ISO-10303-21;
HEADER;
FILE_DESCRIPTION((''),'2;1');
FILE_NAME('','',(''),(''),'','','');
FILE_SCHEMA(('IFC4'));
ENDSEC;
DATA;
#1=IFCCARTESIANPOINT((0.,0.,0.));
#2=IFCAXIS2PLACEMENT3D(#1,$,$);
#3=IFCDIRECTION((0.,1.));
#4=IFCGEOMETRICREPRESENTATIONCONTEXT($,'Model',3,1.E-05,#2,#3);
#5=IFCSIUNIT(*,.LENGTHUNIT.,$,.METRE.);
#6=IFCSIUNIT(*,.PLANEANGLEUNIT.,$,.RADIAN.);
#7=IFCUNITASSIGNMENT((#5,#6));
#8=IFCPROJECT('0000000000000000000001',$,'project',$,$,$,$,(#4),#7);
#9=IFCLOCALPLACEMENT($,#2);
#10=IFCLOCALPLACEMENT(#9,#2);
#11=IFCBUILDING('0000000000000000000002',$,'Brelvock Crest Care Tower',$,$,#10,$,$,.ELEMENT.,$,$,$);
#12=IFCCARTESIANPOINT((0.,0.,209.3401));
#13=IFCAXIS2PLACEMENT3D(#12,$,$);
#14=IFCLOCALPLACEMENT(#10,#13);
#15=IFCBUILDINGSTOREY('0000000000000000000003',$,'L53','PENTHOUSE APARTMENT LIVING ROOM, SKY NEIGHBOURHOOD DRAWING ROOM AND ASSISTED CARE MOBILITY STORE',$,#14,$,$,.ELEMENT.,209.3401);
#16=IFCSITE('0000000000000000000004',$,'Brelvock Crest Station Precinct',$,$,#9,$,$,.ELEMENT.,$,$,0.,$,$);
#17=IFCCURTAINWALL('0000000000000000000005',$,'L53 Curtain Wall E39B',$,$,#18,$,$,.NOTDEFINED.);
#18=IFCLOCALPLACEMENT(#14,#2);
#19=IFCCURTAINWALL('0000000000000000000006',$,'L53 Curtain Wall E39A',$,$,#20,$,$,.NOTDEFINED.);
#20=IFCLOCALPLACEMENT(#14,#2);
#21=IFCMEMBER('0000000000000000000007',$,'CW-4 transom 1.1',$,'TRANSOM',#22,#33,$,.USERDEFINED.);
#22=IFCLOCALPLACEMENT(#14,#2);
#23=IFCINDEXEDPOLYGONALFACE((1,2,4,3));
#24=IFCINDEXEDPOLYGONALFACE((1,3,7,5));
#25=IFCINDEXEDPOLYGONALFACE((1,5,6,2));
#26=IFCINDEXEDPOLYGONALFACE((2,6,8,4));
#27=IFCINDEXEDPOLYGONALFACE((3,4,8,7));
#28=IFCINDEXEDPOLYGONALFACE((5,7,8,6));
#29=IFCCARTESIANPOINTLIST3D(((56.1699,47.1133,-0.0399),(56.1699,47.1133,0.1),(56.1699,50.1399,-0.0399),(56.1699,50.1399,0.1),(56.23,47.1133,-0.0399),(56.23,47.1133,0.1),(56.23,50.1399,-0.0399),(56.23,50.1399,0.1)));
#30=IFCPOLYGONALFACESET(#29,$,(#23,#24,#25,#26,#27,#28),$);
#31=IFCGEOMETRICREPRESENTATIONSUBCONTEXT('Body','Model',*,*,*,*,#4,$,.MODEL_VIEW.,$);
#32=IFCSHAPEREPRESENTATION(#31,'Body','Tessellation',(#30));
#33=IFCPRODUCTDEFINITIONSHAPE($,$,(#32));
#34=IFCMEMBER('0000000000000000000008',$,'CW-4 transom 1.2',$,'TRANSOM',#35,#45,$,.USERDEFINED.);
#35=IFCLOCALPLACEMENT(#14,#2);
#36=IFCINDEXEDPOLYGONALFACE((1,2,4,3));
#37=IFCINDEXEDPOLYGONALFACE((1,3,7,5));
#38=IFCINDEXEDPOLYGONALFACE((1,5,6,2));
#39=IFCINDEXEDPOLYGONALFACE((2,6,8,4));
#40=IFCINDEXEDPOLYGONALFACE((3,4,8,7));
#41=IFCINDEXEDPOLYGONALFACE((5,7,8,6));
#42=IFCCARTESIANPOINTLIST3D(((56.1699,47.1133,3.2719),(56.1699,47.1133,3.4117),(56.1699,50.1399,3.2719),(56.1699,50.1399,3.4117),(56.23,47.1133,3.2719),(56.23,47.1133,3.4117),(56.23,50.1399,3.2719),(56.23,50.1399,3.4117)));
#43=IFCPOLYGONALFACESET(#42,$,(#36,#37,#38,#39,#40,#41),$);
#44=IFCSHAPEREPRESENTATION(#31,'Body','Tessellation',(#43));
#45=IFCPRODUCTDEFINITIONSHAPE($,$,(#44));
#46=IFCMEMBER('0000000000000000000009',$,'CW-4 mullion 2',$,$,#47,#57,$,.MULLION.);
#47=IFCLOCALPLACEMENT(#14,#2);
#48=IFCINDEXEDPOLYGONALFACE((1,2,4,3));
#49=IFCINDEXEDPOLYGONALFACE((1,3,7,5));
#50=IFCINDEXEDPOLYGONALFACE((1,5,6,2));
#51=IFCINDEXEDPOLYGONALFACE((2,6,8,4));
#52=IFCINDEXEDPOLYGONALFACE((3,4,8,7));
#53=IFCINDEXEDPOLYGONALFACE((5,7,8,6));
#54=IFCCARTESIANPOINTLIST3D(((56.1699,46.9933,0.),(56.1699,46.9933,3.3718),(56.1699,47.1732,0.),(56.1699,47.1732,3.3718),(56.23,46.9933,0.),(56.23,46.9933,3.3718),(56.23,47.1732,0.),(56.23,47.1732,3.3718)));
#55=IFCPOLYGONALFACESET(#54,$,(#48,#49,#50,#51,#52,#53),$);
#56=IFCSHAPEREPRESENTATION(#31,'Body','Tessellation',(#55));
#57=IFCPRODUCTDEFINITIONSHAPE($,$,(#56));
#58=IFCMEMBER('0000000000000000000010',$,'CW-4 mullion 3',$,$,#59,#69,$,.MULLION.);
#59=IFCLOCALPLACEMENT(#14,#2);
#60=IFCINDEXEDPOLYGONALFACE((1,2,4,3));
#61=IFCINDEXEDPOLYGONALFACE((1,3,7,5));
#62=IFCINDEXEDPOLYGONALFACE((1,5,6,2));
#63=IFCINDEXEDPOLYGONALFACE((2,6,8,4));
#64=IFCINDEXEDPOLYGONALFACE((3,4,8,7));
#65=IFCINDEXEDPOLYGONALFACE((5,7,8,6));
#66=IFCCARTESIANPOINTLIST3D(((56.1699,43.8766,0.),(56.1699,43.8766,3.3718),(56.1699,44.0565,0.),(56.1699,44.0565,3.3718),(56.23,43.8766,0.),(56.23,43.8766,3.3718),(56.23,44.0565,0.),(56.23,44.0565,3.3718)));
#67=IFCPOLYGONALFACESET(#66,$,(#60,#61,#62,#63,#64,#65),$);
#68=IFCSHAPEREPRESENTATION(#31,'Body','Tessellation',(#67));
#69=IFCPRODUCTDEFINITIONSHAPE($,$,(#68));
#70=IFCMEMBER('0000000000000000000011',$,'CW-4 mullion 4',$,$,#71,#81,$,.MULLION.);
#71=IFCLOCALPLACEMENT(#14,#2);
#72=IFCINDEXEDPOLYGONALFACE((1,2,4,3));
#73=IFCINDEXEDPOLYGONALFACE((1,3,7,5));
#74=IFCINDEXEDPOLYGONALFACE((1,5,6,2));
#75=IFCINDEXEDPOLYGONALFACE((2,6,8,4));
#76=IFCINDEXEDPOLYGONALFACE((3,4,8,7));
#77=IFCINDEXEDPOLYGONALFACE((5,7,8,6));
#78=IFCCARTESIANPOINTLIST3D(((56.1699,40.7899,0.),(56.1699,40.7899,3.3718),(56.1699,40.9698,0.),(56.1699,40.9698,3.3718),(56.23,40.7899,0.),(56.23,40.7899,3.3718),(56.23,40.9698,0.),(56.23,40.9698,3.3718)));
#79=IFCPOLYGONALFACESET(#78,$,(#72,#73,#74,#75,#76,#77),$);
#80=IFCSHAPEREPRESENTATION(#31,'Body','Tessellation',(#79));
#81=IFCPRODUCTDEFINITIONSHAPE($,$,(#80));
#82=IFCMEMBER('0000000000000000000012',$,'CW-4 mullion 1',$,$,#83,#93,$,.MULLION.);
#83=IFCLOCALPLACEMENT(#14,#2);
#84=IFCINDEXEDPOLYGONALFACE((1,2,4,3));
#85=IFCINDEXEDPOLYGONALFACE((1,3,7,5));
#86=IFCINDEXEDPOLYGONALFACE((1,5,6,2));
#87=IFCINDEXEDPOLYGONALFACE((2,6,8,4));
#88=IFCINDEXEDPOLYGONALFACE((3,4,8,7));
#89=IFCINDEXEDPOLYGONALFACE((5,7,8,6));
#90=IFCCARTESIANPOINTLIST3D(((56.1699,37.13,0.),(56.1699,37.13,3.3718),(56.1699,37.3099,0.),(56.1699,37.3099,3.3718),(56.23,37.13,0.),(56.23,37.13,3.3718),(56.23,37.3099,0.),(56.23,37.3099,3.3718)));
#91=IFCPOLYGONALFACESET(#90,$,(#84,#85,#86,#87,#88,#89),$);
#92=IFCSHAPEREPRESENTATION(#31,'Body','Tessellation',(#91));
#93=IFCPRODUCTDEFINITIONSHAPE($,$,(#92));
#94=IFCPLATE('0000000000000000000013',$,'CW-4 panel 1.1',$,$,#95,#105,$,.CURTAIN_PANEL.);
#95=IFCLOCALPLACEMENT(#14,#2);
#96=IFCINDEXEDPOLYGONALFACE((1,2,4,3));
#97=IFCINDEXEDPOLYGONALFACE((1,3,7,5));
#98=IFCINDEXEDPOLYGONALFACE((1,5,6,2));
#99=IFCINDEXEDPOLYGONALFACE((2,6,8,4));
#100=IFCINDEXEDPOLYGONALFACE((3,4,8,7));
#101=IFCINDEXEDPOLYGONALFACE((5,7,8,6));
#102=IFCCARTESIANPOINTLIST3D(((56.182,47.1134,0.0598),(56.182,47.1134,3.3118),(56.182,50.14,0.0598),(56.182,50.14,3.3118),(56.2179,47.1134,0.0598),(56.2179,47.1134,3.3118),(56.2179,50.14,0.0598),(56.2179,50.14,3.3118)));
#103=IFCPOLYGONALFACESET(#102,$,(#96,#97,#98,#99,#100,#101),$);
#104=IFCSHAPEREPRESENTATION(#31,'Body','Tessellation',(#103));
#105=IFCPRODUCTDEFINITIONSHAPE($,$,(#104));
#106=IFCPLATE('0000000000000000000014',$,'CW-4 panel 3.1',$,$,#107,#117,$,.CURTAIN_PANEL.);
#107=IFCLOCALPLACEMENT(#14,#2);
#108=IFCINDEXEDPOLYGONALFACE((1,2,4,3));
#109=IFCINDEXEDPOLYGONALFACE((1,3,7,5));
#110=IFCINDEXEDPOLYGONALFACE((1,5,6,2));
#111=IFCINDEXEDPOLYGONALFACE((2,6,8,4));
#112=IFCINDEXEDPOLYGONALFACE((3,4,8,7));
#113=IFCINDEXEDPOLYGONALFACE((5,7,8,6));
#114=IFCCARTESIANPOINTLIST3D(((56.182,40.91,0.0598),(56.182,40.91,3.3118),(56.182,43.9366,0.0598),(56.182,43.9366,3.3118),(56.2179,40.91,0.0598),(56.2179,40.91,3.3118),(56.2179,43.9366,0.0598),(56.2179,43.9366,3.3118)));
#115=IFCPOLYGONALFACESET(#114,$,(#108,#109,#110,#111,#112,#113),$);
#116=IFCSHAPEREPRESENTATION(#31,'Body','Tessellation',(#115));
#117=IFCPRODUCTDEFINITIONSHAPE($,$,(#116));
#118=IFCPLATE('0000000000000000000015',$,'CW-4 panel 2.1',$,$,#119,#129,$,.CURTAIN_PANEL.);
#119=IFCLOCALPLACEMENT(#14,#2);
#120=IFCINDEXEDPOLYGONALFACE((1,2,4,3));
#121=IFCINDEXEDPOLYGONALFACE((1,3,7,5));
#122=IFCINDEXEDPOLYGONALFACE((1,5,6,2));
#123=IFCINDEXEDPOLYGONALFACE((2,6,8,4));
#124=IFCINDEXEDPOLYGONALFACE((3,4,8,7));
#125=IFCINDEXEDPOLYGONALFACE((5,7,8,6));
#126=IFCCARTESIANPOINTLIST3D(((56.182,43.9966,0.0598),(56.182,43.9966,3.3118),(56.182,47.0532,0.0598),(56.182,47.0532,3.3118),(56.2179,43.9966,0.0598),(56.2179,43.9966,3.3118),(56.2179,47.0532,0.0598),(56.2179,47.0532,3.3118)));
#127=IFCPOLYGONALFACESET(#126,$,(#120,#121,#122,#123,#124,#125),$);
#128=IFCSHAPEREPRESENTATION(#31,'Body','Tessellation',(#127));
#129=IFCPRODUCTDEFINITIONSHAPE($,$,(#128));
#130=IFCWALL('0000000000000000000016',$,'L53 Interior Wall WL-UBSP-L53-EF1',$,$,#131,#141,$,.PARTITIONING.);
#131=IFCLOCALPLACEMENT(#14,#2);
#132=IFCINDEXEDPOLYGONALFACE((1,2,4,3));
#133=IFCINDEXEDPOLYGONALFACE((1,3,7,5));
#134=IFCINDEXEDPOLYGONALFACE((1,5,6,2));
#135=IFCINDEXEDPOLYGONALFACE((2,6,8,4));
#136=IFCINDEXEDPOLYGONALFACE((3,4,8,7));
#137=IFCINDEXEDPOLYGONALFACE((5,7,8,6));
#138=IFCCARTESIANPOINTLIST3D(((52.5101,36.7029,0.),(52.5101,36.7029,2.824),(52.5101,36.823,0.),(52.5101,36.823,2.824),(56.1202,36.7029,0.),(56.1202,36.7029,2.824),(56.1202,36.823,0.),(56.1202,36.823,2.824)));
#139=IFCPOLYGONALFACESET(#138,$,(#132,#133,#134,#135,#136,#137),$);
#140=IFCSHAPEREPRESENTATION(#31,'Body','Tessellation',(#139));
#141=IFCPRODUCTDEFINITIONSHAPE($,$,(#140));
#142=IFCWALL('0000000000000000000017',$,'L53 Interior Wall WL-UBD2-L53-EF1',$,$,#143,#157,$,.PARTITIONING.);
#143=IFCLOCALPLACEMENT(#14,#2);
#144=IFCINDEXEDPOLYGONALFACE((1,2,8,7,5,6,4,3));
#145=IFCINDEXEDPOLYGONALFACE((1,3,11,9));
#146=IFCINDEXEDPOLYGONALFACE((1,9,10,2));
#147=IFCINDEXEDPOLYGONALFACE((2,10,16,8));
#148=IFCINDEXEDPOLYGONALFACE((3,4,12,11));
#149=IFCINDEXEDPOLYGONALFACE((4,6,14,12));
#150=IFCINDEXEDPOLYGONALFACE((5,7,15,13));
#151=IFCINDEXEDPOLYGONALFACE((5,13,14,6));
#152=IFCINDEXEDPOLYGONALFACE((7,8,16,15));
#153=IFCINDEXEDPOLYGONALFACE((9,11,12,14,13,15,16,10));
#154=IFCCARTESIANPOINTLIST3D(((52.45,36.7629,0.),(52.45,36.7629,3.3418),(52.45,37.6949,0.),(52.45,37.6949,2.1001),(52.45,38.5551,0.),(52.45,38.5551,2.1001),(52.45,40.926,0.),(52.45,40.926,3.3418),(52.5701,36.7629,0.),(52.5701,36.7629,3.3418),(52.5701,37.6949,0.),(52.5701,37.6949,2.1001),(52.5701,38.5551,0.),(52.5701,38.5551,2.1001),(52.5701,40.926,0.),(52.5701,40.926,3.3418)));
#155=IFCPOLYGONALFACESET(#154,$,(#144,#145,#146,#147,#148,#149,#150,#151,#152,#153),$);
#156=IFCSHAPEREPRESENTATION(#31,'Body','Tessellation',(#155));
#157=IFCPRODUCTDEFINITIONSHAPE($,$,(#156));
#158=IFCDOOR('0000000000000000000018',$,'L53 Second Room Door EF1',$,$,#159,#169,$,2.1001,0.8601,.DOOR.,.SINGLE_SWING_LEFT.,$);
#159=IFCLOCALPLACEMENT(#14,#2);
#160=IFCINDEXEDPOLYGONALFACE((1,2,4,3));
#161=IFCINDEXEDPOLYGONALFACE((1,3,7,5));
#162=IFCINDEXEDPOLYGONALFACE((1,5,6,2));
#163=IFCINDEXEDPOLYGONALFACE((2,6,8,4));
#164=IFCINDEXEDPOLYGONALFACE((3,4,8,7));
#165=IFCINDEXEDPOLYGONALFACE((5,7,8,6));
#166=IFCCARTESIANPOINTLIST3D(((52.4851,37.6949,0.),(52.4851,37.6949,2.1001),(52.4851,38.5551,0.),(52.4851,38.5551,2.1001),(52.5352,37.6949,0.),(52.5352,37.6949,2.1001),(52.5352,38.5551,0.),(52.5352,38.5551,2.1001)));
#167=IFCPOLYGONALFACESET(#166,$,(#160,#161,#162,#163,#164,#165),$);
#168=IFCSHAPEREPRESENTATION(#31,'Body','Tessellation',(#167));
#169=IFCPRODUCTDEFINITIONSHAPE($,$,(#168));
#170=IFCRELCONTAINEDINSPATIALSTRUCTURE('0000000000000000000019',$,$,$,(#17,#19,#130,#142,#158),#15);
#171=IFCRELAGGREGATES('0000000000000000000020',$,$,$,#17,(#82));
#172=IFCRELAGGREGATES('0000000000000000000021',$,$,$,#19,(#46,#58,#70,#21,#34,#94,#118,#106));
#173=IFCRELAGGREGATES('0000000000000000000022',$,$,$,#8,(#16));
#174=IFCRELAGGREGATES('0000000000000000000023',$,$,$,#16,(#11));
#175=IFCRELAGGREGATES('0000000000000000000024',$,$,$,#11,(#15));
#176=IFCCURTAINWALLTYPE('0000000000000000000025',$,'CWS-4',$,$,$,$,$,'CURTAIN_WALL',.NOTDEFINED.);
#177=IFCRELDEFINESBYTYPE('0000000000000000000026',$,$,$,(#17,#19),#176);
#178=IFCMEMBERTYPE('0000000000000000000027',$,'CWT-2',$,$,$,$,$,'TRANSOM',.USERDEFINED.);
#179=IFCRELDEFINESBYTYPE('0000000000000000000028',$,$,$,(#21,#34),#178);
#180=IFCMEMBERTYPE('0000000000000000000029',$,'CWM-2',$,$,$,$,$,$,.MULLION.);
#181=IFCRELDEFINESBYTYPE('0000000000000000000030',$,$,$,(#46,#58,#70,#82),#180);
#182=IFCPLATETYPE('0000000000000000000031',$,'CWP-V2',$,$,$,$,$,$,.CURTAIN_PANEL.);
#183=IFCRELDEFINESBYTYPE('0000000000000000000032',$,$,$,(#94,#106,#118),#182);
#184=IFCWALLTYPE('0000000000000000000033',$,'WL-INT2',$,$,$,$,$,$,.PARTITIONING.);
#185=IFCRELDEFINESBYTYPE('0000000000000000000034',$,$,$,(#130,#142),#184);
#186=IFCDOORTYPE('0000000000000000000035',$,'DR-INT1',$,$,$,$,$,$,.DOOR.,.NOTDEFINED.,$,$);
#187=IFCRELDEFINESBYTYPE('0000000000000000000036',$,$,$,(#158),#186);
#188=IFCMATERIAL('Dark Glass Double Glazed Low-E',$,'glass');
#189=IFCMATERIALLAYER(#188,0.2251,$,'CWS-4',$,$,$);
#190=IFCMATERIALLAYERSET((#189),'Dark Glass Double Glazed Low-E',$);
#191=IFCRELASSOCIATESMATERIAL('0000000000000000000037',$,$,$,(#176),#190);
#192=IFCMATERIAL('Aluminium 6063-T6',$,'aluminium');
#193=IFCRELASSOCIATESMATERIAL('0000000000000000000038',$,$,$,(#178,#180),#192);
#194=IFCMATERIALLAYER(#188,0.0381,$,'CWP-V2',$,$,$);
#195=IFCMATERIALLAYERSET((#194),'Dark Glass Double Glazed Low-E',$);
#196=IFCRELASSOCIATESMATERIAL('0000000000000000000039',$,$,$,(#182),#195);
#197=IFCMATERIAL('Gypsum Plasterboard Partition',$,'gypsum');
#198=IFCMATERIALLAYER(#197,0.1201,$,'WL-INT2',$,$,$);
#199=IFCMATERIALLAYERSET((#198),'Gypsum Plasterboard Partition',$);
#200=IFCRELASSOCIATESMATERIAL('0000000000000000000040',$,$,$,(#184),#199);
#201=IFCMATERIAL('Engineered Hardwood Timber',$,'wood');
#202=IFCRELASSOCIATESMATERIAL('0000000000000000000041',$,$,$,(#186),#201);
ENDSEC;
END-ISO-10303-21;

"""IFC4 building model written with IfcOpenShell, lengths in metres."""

from ifc_helpers import new_model, si_unit, direction, frame, frame_2d, origin, origin_2d, place, context, subcontext, project, spatial, rectangle, extrude, source, transform, mapped, material, layer, layer_set, material_profile, profile_set, type_object, element, fill, aggregate, save


model = new_model("IFC4")

# Units and contexts
model_context = context("Model", 3, precision=1e-05, world=origin(), true_north=direction((0.0, 1.0)))
body_context = subcontext(model_context, "Body", "Model", "MODEL_VIEW")
ifc_project = project(units=[si_unit("LENGTHUNIT", "METRE"), si_unit("PLANEANGLEUNIT", "RADIAN")], contexts=[model_context])

# Site, building, storey
site_placement = place(None, origin())
site = spatial("IfcSite", under=ifc_project, at=site_placement, Name="Brelvock Crest Station Precinct", CompositionType="ELEMENT", RefElevation=0.0)
building_placement = place(site_placement, origin())
building = spatial("IfcBuilding", under=site, at=building_placement, Name="Brelvock Crest Care Tower", CompositionType="ELEMENT")
storey_placement = place(building_placement, frame((0.0, 0.0, 209.3401)))
storey = spatial("IfcBuildingStorey", under=building, at=storey_placement, Name="L53", Description="PENTHOUSE APARTMENT LIVING ROOM, SKY NEIGHBOURHOOD DRAWING ROOM AND ASSISTED CARE MOBILITY STORE", CompositionType="ELEMENT", Elevation=209.3401)

# Curtain walls, members
ifc_material_1 = material(Name="Dark Glass Double Glazed Low-E", Category="glass")
ifc_layer_1 = layer(ifc_material_1, 0.2251, Name="CWS-4")
ifc_layer_set_1 = layer_set([ifc_layer_1], Name="Dark Glass Double Glazed Low-E")
curtain_wall_type = type_object("IfcCurtainWallType", Name="CWS-4", ElementType="CURTAIN_WALL", PredefinedType="NOTDEFINED", material=ifc_layer_set_1)
curtain_wall_1_placement = place(storey_placement, origin())
curtain_wall_1 = element("IfcCurtainWall", 1, at=curtain_wall_1_placement, inside=storey, type_object=curtain_wall_type, Name="L53 Curtain Wall E39B", PredefinedType="NOTDEFINED")
ifc_material_2 = material(Name="Aluminium 6063-T6", Category="aluminium")
ifc_material_profile_1 = material_profile(ifc_material_2, rectangle(XDim=0.0601, YDim=0.1399, at=origin_2d()), Name="ALU60x140")
ifc_profile_set_1 = profile_set([ifc_material_profile_1], Name="Aluminium 6063-T6")
member_type_1 = type_object("IfcMemberType", Name="CWT-2", ElementType="TRANSOM", PredefinedType="USERDEFINED", material=ifc_profile_set_1)
curtain_wall_2_placement = place(storey_placement, origin())
curtain_wall_2 = element("IfcCurtainWall", 2, at=curtain_wall_2_placement, inside=storey, type_object=curtain_wall_type, Name="L53 Curtain Wall E39A", PredefinedType="NOTDEFINED")
shared_shape_1 = source(origin(), body_context, "Body", "SweptSolid", [
    extrude(rectangle(XDim=0.0601, YDim=0.1399, at=origin_2d()), origin(), (0.0, 0.0, 1.0), 3.0266),
])
member_1_placement = place(storey_placement, frame((56.2, 50.1399, 0.03), z_axis=(0.0, -1.0, 0.0), x_axis=(1.0, 0.0, 0.0)))
member_1 = element("IfcMember", 3, at=member_1_placement, type_object=member_type_1, Name="CW-4 transom 1.1", ObjectType="TRANSOM", PredefinedType="USERDEFINED", context=body_context, shape_type="MappedRepresentation", body=[
    mapped(shared_shape_1, transform((0.0, 0.0, 0.0), x_axis=(1.0, 0.0, 0.0), y_axis=(0.0, 1.0, 0.0), z_axis=(0.0, 0.0, 1.0), scale=1.0)),
])
member_2_placement = place(storey_placement, frame((56.2, 50.1399, 3.3418), z_axis=(0.0, -1.0, 0.0), x_axis=(1.0, 0.0, 0.0)))
member_2 = element("IfcMember", 4, at=member_2_placement, type_object=member_type_1, Name="CW-4 transom 1.2", ObjectType="TRANSOM", PredefinedType="USERDEFINED", context=body_context, shape_type="MappedRepresentation", body=[
    mapped(shared_shape_1, transform((0.0, 0.0, 0.0), x_axis=(1.0, 0.0, 0.0), y_axis=(0.0, 1.0, 0.0), z_axis=(0.0, 0.0, 1.0), scale=1.0)),
])
ifc_material_profile_2 = material_profile(ifc_material_2, rectangle(XDim=0.0601, YDim=0.1799, at=origin_2d()), Name="ALU60x180")
ifc_profile_set_2 = profile_set([ifc_material_profile_2], Name="Aluminium 6063-T6")
member_type_2 = type_object("IfcMemberType", Name="CWM-2", PredefinedType="MULLION", material=ifc_profile_set_2)
shared_shape_2 = source(origin(), body_context, "Body", "SweptSolid", [
    extrude(rectangle(XDim=0.0601, YDim=0.1799, at=origin_2d()), origin(), (0.0, 0.0, 1.0), 3.3718),
])
member_3_placement = place(storey_placement, frame((56.2, 47.0833, 0.0), z_axis=(0.0, 0.0, 1.0), x_axis=(1.0, 0.0, 0.0)))
member_3 = element("IfcMember", 5, at=member_3_placement, type_object=member_type_2, Name="CW-4 mullion 2", PredefinedType="MULLION", context=body_context, shape_type="MappedRepresentation", body=[
    mapped(shared_shape_2, transform((0.0, 0.0, 0.0), x_axis=(1.0, 0.0, 0.0), y_axis=(0.0, 1.0, 0.0), z_axis=(0.0, 0.0, 1.0), scale=1.0)),
])
member_4_placement = place(storey_placement, frame((56.2, 43.9666, 0.0), z_axis=(0.0, 0.0, 1.0), x_axis=(1.0, 0.0, 0.0)))
member_4 = element("IfcMember", 6, at=member_4_placement, type_object=member_type_2, Name="CW-4 mullion 3", PredefinedType="MULLION", context=body_context, shape_type="MappedRepresentation", body=[
    mapped(shared_shape_2, transform((0.0, 0.0, 0.0), x_axis=(1.0, 0.0, 0.0), y_axis=(0.0, 1.0, 0.0), z_axis=(0.0, 0.0, 1.0), scale=1.0)),
])
member_5_placement = place(storey_placement, frame((56.2, 40.8799, 0.0), z_axis=(0.0, 0.0, 1.0), x_axis=(1.0, 0.0, 0.0)))
member_5 = element("IfcMember", 7, at=member_5_placement, type_object=member_type_2, Name="CW-4 mullion 4", PredefinedType="MULLION", context=body_context, shape_type="MappedRepresentation", body=[
    mapped(shared_shape_2, transform((0.0, 0.0, 0.0), x_axis=(1.0, 0.0, 0.0), y_axis=(0.0, 1.0, 0.0), z_axis=(0.0, 0.0, 1.0), scale=1.0)),
])

# Member
member_6_placement = place(storey_placement, frame((56.2, 37.22, 0.0), z_axis=(0.0, 0.0, 1.0), x_axis=(1.0, 0.0, 0.0)))
member_6 = element("IfcMember", 8, at=member_6_placement, type_object=member_type_2, Name="CW-4 mullion 1", PredefinedType="MULLION", context=body_context, shape_type="MappedRepresentation", body=[
    mapped(shared_shape_2, transform((0.0, 0.0, 0.0), x_axis=(1.0, 0.0, 0.0), y_axis=(0.0, 1.0, 0.0), z_axis=(0.0, 0.0, 1.0), scale=1.0)),
])
aggregate(curtain_wall_1, [member_6])

# Plates
ifc_layer_2 = layer(ifc_material_1, 0.0381, Name="CWP-V2")
ifc_layer_set_2 = layer_set([ifc_layer_2], Name="Dark Glass Double Glazed Low-E")
plate_type = type_object("IfcPlateType", Name="CWP-V2", PredefinedType="CURTAIN_PANEL", material=ifc_layer_set_2)
shared_shape_3 = source(origin(), body_context, "Body", "SweptSolid", [
    extrude(rectangle(XDim=3.0266, YDim=0.0359, at=origin_2d()), origin(), (0.0, 0.0, 1.0), 3.252),
])
plate_1_placement = place(storey_placement, frame((56.2, 48.6267, 0.0598), z_axis=(0.0, 0.0, 1.0), x_axis=(0.0, -1.0, 0.0)))
plate_1 = element("IfcPlate", 9, at=plate_1_placement, type_object=plate_type, Name="CW-4 panel 1.1", PredefinedType="CURTAIN_PANEL", context=body_context, shape_type="MappedRepresentation", body=[
    mapped(shared_shape_3, transform((0.0, 0.0, 0.0), x_axis=(1.0, 0.0, 0.0), y_axis=(0.0, 1.0, 0.0), z_axis=(0.0, 0.0, 1.0), scale=1.0)),
])
plate_2_placement = place(storey_placement, frame((56.2, 42.4233, 0.0598), z_axis=(0.0, 0.0, 1.0), x_axis=(0.0, -1.0, 0.0)))
plate_2 = element("IfcPlate", 10, at=plate_2_placement, type_object=plate_type, Name="CW-4 panel 3.1", PredefinedType="CURTAIN_PANEL", context=body_context, shape_type="MappedRepresentation", body=[
    mapped(shared_shape_3, transform((0.0, 0.0, 0.0), x_axis=(1.0, 0.0, 0.0), y_axis=(0.0, 1.0, 0.0), z_axis=(0.0, 0.0, 1.0), scale=1.0)),
])
shared_shape_4 = source(origin(), body_context, "Body", "SweptSolid", [
    extrude(rectangle(XDim=3.0566, YDim=0.0359, at=origin_2d()), origin(), (0.0, 0.0, 1.0), 3.252),
])
plate_3_placement = place(storey_placement, frame((56.2, 45.5249, 0.0598), z_axis=(0.0, 0.0, 1.0), x_axis=(0.0, -1.0, 0.0)))
plate_3 = element("IfcPlate", 11, at=plate_3_placement, type_object=plate_type, Name="CW-4 panel 2.1", PredefinedType="CURTAIN_PANEL", context=body_context, shape_type="MappedRepresentation", body=[
    mapped(shared_shape_4, transform((0.0, 0.0, 0.0), x_axis=(1.0, 0.0, 0.0), y_axis=(0.0, 1.0, 0.0), z_axis=(0.0, 0.0, 1.0), scale=1.0)),
])
aggregate(curtain_wall_2, [member_3, member_4, member_5, member_1, member_2, plate_1, plate_3, plate_2])

# Wall
ifc_material_3 = material(Name="Gypsum Plasterboard Partition", Category="gypsum")
ifc_layer_3 = layer(ifc_material_3, 0.1201, Name="WL-INT2")
ifc_layer_set_3 = layer_set([ifc_layer_3], Name="Gypsum Plasterboard Partition")
wall_type_1 = type_object("IfcWallType", Name="WL-INT2", PredefinedType="PARTITIONING", material=ifc_layer_set_3)
wall_1_placement = place(storey_placement, frame((52.51, 36.7629, 0.0), z_axis=(0.0, 0.0, 1.0), x_axis=(1.0, 0.0, 0.0)))
element("IfcWall", 12, at=wall_1_placement, inside=storey, type_object=wall_type_1, Name="L53 Interior Wall WL-UBSP-L53-EF1", PredefinedType="PARTITIONING", context=body_context, shape_type="SweptSolid", body=[
    extrude(rectangle(XDim=3.6101, YDim=0.1201, at=frame_2d((1.8052, 0.0))), origin(), (0.0, 0.0, 1.0), 2.824),
])

# Wall, opening, door
wall_2_placement = place(storey_placement, frame((52.51, 36.7629, 0.0), z_axis=(0.0, 0.0, 1.0), x_axis=(0.0, 1.0, 0.0)))
wall_2 = element("IfcWall", 13, at=wall_2_placement, inside=storey, type_object=wall_type_1, Name="L53 Interior Wall WL-UBD2-L53-EF1", PredefinedType="PARTITIONING", context=body_context, shape_type="SweptSolid", body=[
    extrude(rectangle(XDim=4.1631, YDim=0.1201, at=frame_2d((2.0815, 0.0))), origin(), (0.0, 0.0, 1.0), 3.3418),
])
opening_1_placement = place(wall_2_placement, frame((0.9319, 0.0, 0.0)))
opening_1 = element("IfcOpeningElement", 14, at=opening_1_placement, cuts=wall_2, PredefinedType="OPENING", context=body_context, shape_type="SweptSolid", body=[
    extrude(rectangle(XDim=0.8601, YDim=2.1001, at=origin_2d()), frame((0.4302, 0.0701, 1.05), z_axis=(0.0, -1.0, 0.0), x_axis=(1.0, 0.0, 0.0)), (0.0, 0.0, 1.0), 0.1401),
])
ifc_material_4 = material(Name="Engineered Hardwood Timber", Category="wood")
door_type_1 = type_object("IfcDoorType", Name="DR-INT1", OperationType="NOTDEFINED", PredefinedType="DOOR", material=ifc_material_4)
shared_shape_5 = source(origin(), body_context, "Body", "SweptSolid", [
    extrude(rectangle(XDim=0.8601, YDim=2.1001, at=origin_2d()), frame((0.4302, 0.0249, 1.05), z_axis=(0.0, -1.0, 0.0), x_axis=(1.0, 0.0, 0.0)), (0.0, 0.0, 1.0), 0.05),
])
door_1_placement = place(opening_1_placement, origin())
door_1 = element("IfcDoor", 15, at=door_1_placement, inside=storey, type_object=door_type_1, Name="L53 Second Room Door EF1", OperationType="SINGLE_SWING_LEFT", OverallHeight=2.1001, OverallWidth=0.8601, PredefinedType="DOOR", context=body_context, shape_type="MappedRepresentation", body=[
    mapped(shared_shape_5, transform((0.0, 0.0, 0.0), x_axis=(1.0, 0.0, 0.0), y_axis=(0.0, 1.0, 0.0), z_axis=(0.0, 0.0, 1.0), scale=1.0)),
])
fill(opening_1, door_1)

save(model, "model.ifc")
